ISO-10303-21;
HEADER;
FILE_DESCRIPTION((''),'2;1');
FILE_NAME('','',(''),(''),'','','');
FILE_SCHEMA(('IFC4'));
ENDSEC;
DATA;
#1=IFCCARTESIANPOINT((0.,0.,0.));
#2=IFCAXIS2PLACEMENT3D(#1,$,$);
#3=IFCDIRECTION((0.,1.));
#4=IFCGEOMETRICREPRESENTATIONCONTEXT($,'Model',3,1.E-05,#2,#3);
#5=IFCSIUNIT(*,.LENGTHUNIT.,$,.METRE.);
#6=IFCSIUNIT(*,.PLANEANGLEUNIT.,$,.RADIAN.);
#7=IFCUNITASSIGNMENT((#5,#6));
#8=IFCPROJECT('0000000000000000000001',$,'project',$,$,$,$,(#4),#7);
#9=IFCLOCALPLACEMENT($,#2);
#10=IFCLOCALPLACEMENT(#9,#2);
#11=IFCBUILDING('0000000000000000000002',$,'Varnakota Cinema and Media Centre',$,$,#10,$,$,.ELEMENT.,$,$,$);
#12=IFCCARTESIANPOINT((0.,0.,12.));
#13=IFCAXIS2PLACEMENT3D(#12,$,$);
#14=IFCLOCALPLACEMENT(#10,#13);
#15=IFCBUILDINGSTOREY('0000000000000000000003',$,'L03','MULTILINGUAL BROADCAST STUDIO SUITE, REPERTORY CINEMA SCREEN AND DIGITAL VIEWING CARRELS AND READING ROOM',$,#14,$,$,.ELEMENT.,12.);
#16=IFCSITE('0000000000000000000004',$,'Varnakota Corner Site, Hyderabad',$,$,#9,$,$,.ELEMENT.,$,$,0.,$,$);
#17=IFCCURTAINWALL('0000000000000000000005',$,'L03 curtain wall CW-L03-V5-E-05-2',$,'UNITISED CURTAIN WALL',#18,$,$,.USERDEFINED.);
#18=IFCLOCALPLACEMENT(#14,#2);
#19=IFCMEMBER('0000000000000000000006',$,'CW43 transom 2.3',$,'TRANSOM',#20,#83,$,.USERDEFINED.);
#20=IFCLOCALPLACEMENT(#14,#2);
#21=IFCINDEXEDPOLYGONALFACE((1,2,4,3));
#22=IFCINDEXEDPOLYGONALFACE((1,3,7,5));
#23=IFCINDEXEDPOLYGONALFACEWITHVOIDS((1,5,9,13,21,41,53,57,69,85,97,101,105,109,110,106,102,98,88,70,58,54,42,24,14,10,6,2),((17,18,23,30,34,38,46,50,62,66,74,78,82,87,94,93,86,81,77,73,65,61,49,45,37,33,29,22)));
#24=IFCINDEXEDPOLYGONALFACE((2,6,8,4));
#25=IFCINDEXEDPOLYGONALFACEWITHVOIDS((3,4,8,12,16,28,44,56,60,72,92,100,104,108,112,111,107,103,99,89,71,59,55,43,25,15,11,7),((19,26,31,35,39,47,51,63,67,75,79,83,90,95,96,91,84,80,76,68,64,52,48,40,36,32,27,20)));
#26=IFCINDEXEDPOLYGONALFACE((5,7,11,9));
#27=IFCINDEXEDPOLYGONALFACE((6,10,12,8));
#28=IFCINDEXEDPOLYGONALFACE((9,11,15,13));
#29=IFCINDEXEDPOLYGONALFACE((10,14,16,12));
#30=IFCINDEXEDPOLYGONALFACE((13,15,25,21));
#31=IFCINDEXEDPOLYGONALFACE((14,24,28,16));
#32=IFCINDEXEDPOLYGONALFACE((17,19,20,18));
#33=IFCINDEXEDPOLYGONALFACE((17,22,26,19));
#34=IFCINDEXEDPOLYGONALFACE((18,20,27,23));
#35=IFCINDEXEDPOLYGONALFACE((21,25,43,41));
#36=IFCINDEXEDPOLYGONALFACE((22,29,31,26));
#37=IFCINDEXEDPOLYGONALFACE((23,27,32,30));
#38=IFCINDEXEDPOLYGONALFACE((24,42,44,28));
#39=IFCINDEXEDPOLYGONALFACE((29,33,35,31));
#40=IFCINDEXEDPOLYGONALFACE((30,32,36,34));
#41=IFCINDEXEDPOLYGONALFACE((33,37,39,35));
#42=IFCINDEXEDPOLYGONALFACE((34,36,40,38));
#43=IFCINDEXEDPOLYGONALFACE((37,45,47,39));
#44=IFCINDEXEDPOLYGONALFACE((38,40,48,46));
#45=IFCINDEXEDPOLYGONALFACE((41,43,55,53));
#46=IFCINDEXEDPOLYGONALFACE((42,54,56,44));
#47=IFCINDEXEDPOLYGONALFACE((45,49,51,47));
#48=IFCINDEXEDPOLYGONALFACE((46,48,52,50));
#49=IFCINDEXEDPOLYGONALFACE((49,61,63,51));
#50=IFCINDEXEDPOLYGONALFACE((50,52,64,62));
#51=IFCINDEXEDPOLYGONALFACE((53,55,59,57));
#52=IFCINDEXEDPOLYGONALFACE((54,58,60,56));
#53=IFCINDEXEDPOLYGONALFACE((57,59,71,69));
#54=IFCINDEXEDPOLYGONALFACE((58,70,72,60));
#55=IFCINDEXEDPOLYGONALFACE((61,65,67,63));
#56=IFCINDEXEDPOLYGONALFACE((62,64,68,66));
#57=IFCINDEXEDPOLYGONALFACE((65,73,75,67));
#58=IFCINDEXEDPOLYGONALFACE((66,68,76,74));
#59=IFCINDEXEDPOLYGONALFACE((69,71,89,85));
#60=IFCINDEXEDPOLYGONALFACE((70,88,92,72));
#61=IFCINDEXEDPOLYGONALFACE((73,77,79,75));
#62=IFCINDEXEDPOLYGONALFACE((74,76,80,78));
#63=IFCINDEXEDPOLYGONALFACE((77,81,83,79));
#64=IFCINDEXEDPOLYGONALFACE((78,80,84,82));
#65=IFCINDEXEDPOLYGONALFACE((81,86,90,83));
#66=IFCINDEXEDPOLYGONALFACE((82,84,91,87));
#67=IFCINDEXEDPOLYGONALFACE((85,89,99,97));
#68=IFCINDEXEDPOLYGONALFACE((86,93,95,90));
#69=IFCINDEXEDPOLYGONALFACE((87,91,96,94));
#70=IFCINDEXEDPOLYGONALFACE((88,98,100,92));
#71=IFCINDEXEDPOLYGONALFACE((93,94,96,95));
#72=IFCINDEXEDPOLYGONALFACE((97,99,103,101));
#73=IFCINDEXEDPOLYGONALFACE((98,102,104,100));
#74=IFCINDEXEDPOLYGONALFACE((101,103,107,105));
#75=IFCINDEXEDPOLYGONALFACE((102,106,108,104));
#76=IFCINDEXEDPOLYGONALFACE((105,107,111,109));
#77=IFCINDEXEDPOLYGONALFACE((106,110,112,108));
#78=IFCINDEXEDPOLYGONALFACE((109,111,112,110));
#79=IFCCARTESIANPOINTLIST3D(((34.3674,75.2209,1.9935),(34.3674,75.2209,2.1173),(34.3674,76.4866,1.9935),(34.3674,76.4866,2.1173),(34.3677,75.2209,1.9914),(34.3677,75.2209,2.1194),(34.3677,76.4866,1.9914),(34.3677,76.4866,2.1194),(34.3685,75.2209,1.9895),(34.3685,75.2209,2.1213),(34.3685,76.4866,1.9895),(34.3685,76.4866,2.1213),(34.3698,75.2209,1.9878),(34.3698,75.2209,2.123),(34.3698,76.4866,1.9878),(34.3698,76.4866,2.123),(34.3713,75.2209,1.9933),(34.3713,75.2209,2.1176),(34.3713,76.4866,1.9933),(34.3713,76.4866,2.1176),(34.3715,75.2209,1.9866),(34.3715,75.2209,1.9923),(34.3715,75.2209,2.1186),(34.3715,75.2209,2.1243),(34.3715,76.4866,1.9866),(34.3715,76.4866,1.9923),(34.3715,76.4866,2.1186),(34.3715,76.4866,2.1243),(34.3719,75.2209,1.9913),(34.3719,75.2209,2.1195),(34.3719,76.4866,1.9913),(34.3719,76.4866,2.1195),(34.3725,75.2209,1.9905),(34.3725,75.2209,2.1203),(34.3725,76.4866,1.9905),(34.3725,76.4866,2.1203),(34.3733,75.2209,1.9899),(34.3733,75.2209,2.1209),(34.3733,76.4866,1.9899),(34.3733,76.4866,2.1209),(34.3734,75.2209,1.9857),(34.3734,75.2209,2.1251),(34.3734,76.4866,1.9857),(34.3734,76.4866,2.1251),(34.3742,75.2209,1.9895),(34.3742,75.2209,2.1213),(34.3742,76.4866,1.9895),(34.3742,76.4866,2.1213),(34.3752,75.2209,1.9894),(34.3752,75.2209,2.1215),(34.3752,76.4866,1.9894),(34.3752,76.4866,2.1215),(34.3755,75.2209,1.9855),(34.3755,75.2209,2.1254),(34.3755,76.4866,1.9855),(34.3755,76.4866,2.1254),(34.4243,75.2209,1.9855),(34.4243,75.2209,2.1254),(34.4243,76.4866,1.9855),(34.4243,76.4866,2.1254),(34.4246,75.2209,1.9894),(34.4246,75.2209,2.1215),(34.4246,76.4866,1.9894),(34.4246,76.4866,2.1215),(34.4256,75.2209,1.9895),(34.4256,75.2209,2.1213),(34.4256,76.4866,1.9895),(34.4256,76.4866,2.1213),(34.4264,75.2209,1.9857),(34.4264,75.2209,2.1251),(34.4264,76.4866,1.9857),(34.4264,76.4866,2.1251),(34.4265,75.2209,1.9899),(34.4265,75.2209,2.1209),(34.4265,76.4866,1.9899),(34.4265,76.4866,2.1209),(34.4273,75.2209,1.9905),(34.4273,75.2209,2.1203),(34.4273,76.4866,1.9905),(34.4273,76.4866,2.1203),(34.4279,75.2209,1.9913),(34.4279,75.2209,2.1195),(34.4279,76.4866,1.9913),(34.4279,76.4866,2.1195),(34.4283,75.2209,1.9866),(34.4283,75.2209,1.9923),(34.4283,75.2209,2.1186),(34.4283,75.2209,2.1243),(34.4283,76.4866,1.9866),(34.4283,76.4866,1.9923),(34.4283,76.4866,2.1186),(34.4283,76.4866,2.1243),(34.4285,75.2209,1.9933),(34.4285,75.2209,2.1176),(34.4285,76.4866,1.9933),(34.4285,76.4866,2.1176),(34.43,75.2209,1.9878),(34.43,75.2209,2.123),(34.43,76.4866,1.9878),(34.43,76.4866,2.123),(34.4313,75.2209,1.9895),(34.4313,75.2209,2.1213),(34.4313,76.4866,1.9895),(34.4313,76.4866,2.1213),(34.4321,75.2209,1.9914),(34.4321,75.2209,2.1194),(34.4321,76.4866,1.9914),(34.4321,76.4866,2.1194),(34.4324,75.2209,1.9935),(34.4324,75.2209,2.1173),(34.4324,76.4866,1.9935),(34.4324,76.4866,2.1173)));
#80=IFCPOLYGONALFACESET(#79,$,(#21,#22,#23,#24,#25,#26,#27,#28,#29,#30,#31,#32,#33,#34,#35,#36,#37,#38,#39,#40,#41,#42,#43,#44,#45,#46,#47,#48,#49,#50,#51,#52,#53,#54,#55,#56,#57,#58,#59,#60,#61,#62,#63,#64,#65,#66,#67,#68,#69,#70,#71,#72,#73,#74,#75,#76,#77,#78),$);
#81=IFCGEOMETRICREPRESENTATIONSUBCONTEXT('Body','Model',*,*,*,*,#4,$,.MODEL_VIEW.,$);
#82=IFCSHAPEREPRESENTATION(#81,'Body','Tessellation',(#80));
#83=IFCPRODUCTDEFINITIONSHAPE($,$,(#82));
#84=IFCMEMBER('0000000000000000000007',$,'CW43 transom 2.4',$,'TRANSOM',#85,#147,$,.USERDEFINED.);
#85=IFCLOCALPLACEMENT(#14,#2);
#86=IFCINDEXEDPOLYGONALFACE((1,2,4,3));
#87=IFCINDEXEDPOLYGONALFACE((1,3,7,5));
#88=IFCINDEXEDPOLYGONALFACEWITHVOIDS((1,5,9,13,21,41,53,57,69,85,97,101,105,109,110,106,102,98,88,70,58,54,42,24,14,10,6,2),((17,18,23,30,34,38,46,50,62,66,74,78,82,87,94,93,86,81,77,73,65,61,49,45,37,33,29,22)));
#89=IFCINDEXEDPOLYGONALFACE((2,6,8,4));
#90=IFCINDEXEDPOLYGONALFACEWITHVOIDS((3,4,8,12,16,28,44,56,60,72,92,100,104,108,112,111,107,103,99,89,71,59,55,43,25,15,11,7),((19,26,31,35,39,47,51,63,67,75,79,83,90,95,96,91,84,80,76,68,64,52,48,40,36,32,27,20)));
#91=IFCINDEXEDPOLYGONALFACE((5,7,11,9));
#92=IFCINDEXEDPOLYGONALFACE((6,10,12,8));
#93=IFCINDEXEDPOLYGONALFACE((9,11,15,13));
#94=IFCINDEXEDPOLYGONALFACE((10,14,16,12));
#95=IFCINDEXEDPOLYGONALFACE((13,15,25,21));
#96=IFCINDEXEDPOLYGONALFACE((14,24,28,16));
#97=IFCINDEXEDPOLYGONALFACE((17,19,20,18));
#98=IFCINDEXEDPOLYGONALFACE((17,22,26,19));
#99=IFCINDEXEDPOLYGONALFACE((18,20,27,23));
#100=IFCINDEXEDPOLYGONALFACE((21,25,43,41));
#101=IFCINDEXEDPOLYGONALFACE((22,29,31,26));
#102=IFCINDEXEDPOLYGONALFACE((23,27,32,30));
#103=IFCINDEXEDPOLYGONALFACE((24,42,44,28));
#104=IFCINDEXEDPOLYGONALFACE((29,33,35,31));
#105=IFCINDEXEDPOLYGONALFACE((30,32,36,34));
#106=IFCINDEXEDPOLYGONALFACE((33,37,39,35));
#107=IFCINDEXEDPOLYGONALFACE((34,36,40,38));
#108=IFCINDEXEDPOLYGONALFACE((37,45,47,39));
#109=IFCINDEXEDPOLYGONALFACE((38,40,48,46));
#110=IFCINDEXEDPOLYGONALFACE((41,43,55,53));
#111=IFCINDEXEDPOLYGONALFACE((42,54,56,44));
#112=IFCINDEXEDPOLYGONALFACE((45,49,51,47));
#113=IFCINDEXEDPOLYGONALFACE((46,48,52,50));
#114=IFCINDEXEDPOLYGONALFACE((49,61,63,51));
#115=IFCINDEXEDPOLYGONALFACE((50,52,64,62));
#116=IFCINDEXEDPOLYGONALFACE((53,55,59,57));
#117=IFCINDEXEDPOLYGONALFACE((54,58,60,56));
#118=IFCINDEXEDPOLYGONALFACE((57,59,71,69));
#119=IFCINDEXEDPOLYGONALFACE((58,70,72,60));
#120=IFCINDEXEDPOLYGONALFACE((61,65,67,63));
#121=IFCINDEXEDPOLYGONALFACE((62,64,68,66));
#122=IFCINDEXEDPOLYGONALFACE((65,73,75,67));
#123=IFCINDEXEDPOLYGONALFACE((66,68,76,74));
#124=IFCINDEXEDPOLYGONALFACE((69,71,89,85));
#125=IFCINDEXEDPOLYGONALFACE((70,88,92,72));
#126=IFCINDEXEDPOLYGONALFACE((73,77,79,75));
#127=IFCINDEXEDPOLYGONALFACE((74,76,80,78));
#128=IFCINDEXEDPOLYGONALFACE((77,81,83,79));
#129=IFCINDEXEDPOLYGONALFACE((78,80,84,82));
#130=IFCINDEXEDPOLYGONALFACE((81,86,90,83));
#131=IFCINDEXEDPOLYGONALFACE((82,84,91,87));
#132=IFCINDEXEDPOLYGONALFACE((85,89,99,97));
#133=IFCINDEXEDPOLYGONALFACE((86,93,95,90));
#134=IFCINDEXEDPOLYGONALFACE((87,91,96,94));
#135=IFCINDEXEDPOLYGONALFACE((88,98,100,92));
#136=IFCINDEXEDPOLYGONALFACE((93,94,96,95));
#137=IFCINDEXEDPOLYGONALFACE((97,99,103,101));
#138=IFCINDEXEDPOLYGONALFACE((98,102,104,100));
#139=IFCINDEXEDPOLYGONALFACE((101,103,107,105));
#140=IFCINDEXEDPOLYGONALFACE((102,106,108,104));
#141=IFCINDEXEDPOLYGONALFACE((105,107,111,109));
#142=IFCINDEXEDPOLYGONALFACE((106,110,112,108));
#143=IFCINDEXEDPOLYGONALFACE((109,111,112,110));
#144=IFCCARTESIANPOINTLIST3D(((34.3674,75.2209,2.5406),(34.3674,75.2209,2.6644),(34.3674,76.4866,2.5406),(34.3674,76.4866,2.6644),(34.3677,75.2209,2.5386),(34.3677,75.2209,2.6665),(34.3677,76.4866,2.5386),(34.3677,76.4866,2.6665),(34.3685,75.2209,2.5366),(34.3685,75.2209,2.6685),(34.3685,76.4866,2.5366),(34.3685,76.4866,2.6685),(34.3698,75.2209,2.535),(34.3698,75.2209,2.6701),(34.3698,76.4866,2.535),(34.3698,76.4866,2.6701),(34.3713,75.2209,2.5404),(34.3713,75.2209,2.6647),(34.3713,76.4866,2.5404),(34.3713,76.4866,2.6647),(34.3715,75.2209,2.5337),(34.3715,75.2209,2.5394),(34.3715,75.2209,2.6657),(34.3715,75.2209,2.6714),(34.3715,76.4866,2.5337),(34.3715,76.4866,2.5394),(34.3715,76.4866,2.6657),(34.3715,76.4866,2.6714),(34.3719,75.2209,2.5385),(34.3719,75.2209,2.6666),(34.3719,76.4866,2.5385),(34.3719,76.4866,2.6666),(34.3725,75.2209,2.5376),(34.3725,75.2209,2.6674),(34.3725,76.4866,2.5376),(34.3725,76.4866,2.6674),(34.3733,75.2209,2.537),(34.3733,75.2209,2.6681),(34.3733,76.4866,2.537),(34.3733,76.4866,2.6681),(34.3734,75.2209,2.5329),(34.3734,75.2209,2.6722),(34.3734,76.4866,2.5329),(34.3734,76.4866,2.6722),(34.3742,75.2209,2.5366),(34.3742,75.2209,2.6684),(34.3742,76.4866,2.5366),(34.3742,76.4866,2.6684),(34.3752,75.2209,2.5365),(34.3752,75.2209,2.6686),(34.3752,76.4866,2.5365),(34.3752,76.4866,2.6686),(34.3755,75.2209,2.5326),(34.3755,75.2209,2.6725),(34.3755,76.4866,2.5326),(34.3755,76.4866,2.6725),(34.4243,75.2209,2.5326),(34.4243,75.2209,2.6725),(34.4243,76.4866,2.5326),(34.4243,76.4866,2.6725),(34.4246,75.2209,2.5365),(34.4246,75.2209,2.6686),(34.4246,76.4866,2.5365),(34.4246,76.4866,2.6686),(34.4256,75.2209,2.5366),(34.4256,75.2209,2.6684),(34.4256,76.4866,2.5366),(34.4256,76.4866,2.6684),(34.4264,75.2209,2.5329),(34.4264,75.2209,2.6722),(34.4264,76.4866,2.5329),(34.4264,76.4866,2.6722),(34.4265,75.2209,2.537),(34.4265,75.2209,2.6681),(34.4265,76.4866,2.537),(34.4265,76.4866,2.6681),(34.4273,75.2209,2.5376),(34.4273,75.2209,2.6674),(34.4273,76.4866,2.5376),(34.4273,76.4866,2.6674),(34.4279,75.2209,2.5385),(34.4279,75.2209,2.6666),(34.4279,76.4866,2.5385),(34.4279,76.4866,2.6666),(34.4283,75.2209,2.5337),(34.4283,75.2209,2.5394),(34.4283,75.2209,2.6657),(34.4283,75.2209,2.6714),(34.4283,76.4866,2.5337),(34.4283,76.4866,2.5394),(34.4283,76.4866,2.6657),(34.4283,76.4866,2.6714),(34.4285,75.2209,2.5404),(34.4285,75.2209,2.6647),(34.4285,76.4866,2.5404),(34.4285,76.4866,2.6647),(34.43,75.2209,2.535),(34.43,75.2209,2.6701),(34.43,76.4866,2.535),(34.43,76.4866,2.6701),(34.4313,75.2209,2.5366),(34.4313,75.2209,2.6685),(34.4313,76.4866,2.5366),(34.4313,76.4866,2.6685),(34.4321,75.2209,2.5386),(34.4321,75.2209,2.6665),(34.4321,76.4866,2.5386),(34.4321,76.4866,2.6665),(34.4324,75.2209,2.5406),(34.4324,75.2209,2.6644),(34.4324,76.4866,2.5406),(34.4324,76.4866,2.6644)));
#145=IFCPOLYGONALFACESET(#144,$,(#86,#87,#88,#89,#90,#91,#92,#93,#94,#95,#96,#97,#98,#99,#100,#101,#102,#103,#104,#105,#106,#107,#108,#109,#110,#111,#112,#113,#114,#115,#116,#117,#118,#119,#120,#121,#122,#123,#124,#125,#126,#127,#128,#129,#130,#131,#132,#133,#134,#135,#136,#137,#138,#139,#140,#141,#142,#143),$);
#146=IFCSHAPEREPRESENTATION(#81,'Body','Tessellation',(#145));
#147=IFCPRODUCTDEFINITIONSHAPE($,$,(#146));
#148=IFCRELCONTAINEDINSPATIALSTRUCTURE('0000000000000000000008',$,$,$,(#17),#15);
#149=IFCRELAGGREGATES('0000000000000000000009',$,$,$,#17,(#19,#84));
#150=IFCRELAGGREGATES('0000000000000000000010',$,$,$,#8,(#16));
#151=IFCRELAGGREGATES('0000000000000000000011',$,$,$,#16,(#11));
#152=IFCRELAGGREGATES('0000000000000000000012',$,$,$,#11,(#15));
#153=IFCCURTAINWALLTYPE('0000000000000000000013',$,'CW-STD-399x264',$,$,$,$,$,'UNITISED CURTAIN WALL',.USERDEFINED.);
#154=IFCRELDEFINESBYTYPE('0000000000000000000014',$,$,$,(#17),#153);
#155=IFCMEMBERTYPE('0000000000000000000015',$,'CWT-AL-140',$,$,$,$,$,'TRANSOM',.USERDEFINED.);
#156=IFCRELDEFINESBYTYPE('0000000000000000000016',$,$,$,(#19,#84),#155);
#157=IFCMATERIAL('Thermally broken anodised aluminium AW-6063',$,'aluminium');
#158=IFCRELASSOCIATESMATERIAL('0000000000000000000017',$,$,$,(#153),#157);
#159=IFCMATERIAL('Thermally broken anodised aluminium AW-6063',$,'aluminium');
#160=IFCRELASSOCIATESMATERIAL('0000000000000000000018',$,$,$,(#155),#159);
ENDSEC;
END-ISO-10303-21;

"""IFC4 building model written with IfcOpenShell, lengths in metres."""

from ifc_helpers import new_model, si_unit, direction, frame, origin, origin_2d, place, context, subcontext, project, spatial, hollow_rectangle, extrude, material, material_profile, profile_set, type_object, element, aggregate, save


model = new_model("IFC4")

# Units and contexts
model_context = context("Model", 3, precision=1e-05, world=origin(), true_north=direction((0.0, 1.0)))
body_context = subcontext(model_context, "Body", "Model", "MODEL_VIEW")
ifc_project = project(units=[si_unit("LENGTHUNIT", "METRE"), si_unit("PLANEANGLEUNIT", "RADIAN")], contexts=[model_context])

# Site, building, storey
site_placement = place(None, origin())
site = spatial("IfcSite", under=ifc_project, at=site_placement, Name="Varnakota Corner Site, Hyderabad", CompositionType="ELEMENT", RefElevation=0.0)
building_placement = place(site_placement, origin())
building = spatial("IfcBuilding", under=site, at=building_placement, Name="Varnakota Cinema and Media Centre", CompositionType="ELEMENT")
storey_placement = place(building_placement, frame((0.0, 0.0, 12.0)))
storey = spatial("IfcBuildingStorey", under=building, at=storey_placement, Name="L03", Description="MULTILINGUAL BROADCAST STUDIO SUITE, REPERTORY CINEMA SCREEN AND DIGITAL VIEWING CARRELS AND READING ROOM", CompositionType="ELEMENT", Elevation=12.0)

# Curtain wall, members
ifc_material_1 = material(Name="Thermally broken anodised aluminium AW-6063", Category="aluminium")
curtain_wall_type = type_object("IfcCurtainWallType", Name="CW-STD-399x264", ElementType="UNITISED CURTAIN WALL", PredefinedType="USERDEFINED", material=ifc_material_1)
curtain_wall_placement = place(storey_placement, origin())
curtain_wall = element("IfcCurtainWall", 1, at=curtain_wall_placement, inside=storey, type_object=curtain_wall_type, Name="L03 curtain wall CW-L03-V5-E-05-2", ObjectType="UNITISED CURTAIN WALL", PredefinedType="USERDEFINED")
ifc_material_2 = material(Name="Thermally broken anodised aluminium AW-6063", Category="aluminium")
ifc_material_profile_1 = material_profile(ifc_material_2, hollow_rectangle(XDim=0.0649, YDim=0.1399, WallThickness=0.0039, InnerFilletRadius=0.0039, OuterFilletRadius=0.0081, at=origin_2d()), Name="AL-TRANSOM 140x65x4")
ifc_profile_set_1 = profile_set([ifc_material_profile_1], Name="Thermally broken anodised aluminium AW-6063")
member_type_1 = type_object("IfcMemberType", Name="CWT-AL-140", ElementType="TRANSOM", PredefinedType="USERDEFINED", material=ifc_profile_set_1)
member_1_placement = place(storey_placement, frame((34.3999, 75.2209, 2.0554), z_axis=(0.0, 1.0, 0.0), x_axis=(-1.0, 0.0, 0.0)))
member_1 = element("IfcMember", 2, at=member_1_placement, type_object=member_type_1, Name="CW43 transom 2.3", ObjectType="TRANSOM", PredefinedType="USERDEFINED", context=body_context, shape_type="SweptSolid", body=[
    extrude(hollow_rectangle(XDim=0.0649, YDim=0.1399, WallThickness=0.0039, InnerFilletRadius=0.0039, OuterFilletRadius=0.0081, at=origin_2d()), origin(), (0.0, 0.0, 1.0), 1.2656),
])
member_2_placement = place(storey_placement, frame((34.3999, 75.2209, 2.6025), z_axis=(0.0, 1.0, 0.0), x_axis=(-1.0, 0.0, 0.0)))
member_2 = element("IfcMember", 3, at=member_2_placement, type_object=member_type_1, Name="CW43 transom 2.4", ObjectType="TRANSOM", PredefinedType="USERDEFINED", context=body_context, shape_type="SweptSolid", body=[
    extrude(hollow_rectangle(XDim=0.0649, YDim=0.1399, WallThickness=0.0039, InnerFilletRadius=0.0039, OuterFilletRadius=0.0081, at=origin_2d()), origin(), (0.0, 0.0, 1.0), 1.2656),
])
aggregate(curtain_wall, [member_1, member_2])

save(model, "model.ifc")
